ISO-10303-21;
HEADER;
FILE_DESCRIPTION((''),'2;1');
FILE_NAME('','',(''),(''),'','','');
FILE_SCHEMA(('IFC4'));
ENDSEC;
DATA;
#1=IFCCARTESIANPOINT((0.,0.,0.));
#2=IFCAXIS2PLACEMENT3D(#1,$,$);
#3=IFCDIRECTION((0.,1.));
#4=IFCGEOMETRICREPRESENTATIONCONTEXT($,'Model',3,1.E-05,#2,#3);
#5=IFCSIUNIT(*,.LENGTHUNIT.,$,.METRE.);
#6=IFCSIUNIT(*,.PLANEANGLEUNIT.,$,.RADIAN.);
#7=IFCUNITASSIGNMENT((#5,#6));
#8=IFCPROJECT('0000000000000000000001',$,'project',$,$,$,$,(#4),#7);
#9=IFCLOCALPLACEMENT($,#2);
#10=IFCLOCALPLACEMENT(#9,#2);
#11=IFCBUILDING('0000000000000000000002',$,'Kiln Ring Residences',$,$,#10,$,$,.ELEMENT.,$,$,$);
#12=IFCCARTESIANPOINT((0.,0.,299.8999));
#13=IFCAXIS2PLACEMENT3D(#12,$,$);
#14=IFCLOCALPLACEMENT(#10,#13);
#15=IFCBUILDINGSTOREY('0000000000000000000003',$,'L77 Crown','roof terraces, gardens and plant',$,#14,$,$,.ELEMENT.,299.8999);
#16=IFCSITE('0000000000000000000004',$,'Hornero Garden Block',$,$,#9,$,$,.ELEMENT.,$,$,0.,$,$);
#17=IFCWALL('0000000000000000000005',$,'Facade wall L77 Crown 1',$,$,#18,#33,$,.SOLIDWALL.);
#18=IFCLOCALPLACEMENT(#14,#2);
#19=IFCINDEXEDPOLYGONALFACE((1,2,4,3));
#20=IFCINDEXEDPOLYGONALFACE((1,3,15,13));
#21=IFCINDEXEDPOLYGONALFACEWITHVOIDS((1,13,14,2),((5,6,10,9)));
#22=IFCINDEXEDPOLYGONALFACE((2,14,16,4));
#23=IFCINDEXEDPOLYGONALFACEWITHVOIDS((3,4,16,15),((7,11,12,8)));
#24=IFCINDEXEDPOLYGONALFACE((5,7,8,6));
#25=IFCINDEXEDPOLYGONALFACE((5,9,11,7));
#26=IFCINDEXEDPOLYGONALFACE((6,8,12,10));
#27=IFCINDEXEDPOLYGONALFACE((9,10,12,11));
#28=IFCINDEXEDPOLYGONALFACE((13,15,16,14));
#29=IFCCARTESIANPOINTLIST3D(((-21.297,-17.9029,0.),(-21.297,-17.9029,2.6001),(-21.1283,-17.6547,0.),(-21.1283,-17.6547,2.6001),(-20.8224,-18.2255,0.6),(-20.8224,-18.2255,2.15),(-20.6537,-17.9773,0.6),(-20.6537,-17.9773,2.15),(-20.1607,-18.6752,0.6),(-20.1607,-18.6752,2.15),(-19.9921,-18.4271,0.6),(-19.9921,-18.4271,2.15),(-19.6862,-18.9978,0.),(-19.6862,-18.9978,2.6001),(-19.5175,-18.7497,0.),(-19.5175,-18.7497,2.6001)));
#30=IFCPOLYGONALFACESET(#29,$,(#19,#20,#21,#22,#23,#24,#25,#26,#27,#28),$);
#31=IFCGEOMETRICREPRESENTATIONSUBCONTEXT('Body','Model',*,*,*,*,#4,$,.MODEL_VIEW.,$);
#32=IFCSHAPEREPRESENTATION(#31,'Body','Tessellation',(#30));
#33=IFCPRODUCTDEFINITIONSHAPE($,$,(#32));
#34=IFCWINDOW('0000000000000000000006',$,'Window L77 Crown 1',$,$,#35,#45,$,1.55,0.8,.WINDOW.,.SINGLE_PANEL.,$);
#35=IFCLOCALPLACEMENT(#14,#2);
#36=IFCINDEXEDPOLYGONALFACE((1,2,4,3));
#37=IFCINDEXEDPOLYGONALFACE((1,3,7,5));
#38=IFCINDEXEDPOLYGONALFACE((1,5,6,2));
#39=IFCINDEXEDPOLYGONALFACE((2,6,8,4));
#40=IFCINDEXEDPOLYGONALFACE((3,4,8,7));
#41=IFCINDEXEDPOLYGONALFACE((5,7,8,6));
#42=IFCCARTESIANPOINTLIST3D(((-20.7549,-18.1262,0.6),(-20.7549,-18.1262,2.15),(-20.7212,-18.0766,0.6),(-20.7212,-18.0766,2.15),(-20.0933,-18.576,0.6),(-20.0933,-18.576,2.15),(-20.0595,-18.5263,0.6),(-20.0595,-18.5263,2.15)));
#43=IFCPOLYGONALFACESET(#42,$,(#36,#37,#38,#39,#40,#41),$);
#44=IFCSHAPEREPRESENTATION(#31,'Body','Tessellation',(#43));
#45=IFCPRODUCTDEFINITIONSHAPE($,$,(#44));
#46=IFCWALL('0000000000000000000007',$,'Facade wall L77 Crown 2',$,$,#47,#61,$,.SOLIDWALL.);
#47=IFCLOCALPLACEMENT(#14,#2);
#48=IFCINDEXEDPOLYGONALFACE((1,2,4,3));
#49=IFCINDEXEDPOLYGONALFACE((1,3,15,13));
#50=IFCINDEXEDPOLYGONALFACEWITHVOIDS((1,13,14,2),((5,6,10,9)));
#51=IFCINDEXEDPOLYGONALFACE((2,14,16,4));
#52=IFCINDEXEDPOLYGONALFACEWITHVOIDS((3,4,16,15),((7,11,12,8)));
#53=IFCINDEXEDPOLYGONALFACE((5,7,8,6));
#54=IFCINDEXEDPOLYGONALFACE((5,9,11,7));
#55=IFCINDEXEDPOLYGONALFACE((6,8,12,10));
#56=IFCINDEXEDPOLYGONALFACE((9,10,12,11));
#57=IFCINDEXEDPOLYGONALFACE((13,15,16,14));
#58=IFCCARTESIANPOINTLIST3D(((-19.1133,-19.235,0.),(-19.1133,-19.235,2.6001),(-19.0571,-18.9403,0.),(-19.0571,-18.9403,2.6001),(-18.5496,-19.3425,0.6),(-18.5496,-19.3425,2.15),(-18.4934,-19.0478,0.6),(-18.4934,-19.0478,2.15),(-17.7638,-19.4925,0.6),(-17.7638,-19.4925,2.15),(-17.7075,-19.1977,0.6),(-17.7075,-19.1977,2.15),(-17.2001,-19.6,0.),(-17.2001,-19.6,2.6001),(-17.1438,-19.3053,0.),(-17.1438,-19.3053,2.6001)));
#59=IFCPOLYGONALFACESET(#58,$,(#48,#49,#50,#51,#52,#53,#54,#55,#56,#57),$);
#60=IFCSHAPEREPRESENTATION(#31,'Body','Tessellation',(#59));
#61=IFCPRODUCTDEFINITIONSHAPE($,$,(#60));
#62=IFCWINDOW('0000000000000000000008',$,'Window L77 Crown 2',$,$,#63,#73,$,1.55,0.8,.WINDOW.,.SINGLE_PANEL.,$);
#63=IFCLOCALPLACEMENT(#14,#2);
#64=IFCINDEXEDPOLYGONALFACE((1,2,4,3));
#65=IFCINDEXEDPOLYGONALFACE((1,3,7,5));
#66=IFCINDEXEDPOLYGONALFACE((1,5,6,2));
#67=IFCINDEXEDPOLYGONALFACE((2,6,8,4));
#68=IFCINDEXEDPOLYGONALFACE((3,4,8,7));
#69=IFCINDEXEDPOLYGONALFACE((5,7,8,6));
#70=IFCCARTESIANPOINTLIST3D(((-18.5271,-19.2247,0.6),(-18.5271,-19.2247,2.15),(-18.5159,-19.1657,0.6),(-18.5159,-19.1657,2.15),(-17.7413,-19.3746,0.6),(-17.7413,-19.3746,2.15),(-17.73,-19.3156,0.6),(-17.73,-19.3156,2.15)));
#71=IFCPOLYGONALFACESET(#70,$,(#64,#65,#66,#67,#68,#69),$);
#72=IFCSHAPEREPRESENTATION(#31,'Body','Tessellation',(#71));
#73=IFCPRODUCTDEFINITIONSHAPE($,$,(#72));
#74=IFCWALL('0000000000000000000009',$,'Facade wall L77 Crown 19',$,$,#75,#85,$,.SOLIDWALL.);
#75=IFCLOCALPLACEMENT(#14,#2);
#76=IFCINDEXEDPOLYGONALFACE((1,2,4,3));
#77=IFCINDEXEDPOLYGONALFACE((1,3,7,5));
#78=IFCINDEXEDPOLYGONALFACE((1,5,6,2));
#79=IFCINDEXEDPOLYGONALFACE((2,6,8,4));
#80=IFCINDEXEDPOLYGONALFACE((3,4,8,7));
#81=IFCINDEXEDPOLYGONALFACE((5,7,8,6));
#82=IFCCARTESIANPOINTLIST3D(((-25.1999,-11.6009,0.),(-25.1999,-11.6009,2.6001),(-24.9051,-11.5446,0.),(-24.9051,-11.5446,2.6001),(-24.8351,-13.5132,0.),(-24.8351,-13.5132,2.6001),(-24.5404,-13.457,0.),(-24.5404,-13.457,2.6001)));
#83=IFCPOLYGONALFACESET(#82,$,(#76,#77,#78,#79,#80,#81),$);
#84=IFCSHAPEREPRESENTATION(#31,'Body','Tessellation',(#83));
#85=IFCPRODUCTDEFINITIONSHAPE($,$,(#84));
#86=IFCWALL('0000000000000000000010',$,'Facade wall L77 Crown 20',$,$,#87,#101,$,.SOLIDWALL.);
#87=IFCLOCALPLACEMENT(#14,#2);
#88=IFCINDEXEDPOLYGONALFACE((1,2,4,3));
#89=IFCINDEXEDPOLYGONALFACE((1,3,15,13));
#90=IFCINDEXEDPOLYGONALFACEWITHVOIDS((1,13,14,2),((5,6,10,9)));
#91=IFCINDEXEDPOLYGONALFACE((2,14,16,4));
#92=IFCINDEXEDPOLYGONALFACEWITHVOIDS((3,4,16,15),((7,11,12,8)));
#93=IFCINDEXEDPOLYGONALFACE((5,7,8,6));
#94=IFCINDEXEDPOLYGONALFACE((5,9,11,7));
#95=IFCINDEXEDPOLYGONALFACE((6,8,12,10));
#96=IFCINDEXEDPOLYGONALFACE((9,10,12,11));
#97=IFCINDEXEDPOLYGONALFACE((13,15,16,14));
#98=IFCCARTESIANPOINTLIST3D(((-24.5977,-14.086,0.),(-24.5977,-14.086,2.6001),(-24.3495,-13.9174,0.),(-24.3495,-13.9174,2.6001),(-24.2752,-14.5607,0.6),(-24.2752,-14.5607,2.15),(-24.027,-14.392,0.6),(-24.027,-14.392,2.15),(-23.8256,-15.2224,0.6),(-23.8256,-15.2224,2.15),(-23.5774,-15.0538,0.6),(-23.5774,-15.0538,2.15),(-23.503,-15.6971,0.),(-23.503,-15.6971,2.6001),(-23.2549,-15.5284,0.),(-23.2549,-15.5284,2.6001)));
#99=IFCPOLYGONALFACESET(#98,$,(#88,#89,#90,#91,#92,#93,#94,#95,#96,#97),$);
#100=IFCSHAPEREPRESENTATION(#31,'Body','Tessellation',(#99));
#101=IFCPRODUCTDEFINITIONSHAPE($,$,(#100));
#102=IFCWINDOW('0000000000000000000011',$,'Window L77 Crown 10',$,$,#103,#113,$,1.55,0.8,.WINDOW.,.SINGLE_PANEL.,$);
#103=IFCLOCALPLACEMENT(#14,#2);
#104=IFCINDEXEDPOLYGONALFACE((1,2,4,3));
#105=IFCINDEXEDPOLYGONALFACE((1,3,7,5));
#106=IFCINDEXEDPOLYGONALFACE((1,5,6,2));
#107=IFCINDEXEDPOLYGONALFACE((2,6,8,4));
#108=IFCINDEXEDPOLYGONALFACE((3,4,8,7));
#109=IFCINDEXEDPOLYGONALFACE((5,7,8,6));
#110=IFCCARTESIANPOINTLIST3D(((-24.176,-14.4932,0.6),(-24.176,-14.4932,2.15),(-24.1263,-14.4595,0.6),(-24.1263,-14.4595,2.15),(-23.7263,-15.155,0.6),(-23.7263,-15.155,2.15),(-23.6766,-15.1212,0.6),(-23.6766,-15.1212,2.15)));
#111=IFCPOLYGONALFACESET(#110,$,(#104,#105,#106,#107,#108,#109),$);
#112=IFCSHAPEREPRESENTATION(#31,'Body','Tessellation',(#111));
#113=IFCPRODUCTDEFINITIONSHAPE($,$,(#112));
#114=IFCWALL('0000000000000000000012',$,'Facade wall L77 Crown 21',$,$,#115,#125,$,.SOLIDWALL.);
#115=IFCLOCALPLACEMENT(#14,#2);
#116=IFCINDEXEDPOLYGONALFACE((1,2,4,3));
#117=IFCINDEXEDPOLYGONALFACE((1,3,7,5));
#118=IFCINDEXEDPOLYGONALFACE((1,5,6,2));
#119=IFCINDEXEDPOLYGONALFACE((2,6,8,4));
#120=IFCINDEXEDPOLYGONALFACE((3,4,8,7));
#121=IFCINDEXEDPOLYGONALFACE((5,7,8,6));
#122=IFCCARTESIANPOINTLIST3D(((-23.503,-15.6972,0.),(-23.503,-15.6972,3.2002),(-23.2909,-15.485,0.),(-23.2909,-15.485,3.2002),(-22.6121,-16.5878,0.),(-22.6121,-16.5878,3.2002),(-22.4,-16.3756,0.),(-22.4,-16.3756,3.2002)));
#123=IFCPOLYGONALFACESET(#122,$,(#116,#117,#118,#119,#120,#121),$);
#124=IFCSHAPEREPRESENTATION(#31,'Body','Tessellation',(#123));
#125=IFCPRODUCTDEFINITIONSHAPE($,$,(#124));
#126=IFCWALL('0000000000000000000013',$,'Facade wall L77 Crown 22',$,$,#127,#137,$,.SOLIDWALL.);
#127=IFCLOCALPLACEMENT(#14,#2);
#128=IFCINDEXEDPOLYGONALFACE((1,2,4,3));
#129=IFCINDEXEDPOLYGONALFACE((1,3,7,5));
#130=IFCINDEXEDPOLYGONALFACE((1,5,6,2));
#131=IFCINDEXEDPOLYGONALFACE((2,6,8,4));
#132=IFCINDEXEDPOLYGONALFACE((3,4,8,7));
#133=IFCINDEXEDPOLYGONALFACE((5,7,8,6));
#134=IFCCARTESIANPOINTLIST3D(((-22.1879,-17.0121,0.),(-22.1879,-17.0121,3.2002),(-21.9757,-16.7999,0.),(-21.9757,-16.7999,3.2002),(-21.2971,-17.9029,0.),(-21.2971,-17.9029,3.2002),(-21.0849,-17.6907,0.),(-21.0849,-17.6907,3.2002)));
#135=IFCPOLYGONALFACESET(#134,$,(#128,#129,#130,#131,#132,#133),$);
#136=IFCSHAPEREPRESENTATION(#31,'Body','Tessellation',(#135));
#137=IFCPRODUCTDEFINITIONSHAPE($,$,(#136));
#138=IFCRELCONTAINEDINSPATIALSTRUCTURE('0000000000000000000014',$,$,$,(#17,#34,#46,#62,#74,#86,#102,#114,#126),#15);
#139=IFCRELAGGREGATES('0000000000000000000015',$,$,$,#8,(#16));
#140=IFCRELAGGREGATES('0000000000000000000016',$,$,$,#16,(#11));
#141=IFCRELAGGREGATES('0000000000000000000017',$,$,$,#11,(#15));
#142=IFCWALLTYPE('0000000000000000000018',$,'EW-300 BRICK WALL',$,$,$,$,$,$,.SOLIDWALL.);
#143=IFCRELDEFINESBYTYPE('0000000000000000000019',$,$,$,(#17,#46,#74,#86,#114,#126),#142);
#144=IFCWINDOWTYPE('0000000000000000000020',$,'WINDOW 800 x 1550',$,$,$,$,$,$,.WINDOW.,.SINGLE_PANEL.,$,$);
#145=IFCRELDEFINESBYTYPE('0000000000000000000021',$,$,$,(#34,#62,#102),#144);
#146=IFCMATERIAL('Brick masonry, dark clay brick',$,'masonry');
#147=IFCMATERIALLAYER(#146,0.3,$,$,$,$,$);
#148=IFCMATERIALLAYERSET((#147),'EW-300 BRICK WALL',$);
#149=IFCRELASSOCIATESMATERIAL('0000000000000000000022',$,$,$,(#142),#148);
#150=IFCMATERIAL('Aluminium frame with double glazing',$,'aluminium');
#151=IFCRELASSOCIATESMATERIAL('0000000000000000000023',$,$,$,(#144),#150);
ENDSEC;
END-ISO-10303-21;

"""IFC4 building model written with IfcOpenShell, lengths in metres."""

from ifc_helpers import new_model, si_unit, direction, frame, frame_2d, origin, place, context, subcontext, project, spatial, rectangle, extrude, material, layer, layer_set, type_object, element, fill, save


model = new_model("IFC4")

# Units and contexts
model_context = context("Model", 3, precision=1e-05, world=origin(), true_north=direction((0.0, 1.0)))
body_context = subcontext(model_context, "Body", "Model", "MODEL_VIEW")
ifc_project = project(units=[si_unit("LENGTHUNIT", "METRE"), si_unit("PLANEANGLEUNIT", "RADIAN")], contexts=[model_context])

# Site, building, storey
site_placement = place(None, origin())
site = spatial("IfcSite", under=ifc_project, at=site_placement, Name="Hornero Garden Block", CompositionType="ELEMENT", RefElevation=0.0)
building_placement = place(site_placement, origin())
building = spatial("IfcBuilding", under=site, at=building_placement, Name="Kiln Ring Residences", CompositionType="ELEMENT")
storey_placement = place(building_placement, frame((0.0, 0.0, 299.8999)))
storey = spatial("IfcBuildingStorey", under=building, at=storey_placement, Name="L77 Crown", Description="roof terraces, gardens and plant", CompositionType="ELEMENT", Elevation=299.8999)

# Walls, openings, windows
ifc_material_1 = material(Name="Brick masonry, dark clay brick", Category="masonry")
ifc_layer_1 = layer(ifc_material_1, 0.3)
ifc_layer_set_1 = layer_set([ifc_layer_1], Name="EW-300 BRICK WALL")
wall_type_1 = type_object("IfcWallType", Name="EW-300 BRICK WALL", PredefinedType="SOLIDWALL", material=ifc_layer_set_1)
wall_1_placement = place(storey_placement, frame((-21.2126, -17.7788, 0.0), z_axis=(0.0, 0.0, 1.0), x_axis=(0.827022, -0.562169, 0.0)))
wall_1 = element("IfcWall", 1, at=wall_1_placement, inside=storey, type_object=wall_type_1, Name="Facade wall L77 Crown 1", PredefinedType="SOLIDWALL", context=body_context, shape_type="SweptSolid", body=[
    extrude(rectangle(XDim=1.9478, YDim=0.3, at=frame_2d((0.9739, 0.0))), origin(), (0.0, 0.0, 1.0), 2.6001),
])
opening_1_placement = place(wall_1_placement, frame((0.574, 0.0, 0.6001)))
opening_1 = element("IfcOpeningElement", 2, at=opening_1_placement, cuts=wall_1, PredefinedType="OPENING", context=body_context, shape_type="SweptSolid", body=[
    extrude(rectangle(XDim=0.8, YDim=1.55, at=frame_2d((0.3999, 0.7749))), frame((0.0, 0.1599, 0.0), z_axis=(0.0, -1.0, 0.0), x_axis=(1.0, 0.0, 0.0)), (0.0, 0.0, 1.0), 0.3201),
])
ifc_material_2 = material(Name="Aluminium frame with double glazing", Category="aluminium")
window_type = type_object("IfcWindowType", Name="WINDOW 800 x 1550", PartitioningType="SINGLE_PANEL", PredefinedType="WINDOW", material=ifc_material_2)
window_1_placement = place(opening_1_placement, origin())
window_1 = element("IfcWindow", 3, at=window_1_placement, inside=storey, type_object=window_type, Name="Window L77 Crown 1", OverallHeight=1.55, OverallWidth=0.8, PartitioningType="SINGLE_PANEL", PredefinedType="WINDOW", context=body_context, shape_type="SweptSolid", body=[
    extrude(rectangle(XDim=0.8, YDim=1.55, at=frame_2d((0.3999, 0.7749))), frame((0.0, 0.03, 0.0), z_axis=(0.0, -1.0, 0.0), x_axis=(1.0, 0.0, 0.0)), (0.0, 0.0, 1.0), 0.0601),
])
fill(opening_1, window_1)
wall_2_placement = place(storey_placement, frame((-19.0852, -19.0876, 0.0), z_axis=(0.0, 0.0, 1.0), x_axis=(0.982287, -0.187383, 0.0)))
wall_2 = element("IfcWall", 4, at=wall_2_placement, inside=storey, type_object=wall_type_1, Name="Facade wall L77 Crown 2", PredefinedType="SOLIDWALL", context=body_context, shape_type="SweptSolid", body=[
    extrude(rectangle(XDim=1.9478, YDim=0.3, at=frame_2d((0.9739, 0.0))), origin(), (0.0, 0.0, 1.0), 2.6001),
])
opening_2_placement = place(wall_2_placement, frame((0.574, 0.0, 0.6001)))
opening_2 = element("IfcOpeningElement", 5, at=opening_2_placement, cuts=wall_2, PredefinedType="OPENING", context=body_context, shape_type="SweptSolid", body=[
    extrude(rectangle(XDim=0.8, YDim=1.55, at=frame_2d((0.3999, 0.7749))), frame((0.0, 0.1599, 0.0), z_axis=(0.0, -1.0, 0.0), x_axis=(1.0, 0.0, 0.0)), (0.0, 0.0, 1.0), 0.3201),
])
window_2_placement = place(opening_2_placement, origin())
window_2 = element("IfcWindow", 6, at=window_2_placement, inside=storey, type_object=window_type, Name="Window L77 Crown 2", OverallHeight=1.55, OverallWidth=0.8, PartitioningType="SINGLE_PANEL", PredefinedType="WINDOW", context=body_context, shape_type="SweptSolid", body=[
    extrude(rectangle(XDim=0.8, YDim=1.55, at=frame_2d((0.3999, 0.7749))), frame((0.0, 0.03, 0.0), z_axis=(0.0, -1.0, 0.0), x_axis=(1.0, 0.0, 0.0)), (0.0, 0.0, 1.0), 0.0601),
])
fill(opening_2, window_2)

# Wall
wall_3_placement = place(storey_placement, frame((-25.0525, -11.5728, 0.0), z_axis=(0.0, 0.0, 1.0), x_axis=(0.187354, -0.982292, 0.0)))
element("IfcWall", 7, at=wall_3_placement, inside=storey, type_object=wall_type_1, Name="Facade wall L77 Crown 19", PredefinedType="SOLIDWALL", context=body_context, shape_type="SweptSolid", body=[
    extrude(rectangle(XDim=1.9468, YDim=0.3, at=frame_2d((0.9734, 0.0))), origin(), (0.0, 0.0, 1.0), 2.6001),
])

# Wall, opening, window
wall_4_placement = place(storey_placement, frame((-24.4736, -14.0017, 0.0), z_axis=(0.0, 0.0, 1.0), x_axis=(0.562025, -0.82712, 0.0)))
wall_4 = element("IfcWall", 8, at=wall_4_placement, inside=storey, type_object=wall_type_1, Name="Facade wall L77 Crown 20", PredefinedType="SOLIDWALL", context=body_context, shape_type="SweptSolid", body=[
    extrude(rectangle(XDim=1.9478, YDim=0.3, at=frame_2d((0.9739, 0.0))), origin(), (0.0, 0.0, 1.0), 2.6001),
])
opening_3_placement = place(wall_4_placement, frame((0.574, 0.0, 0.6001)))
opening_3 = element("IfcOpeningElement", 9, at=opening_3_placement, cuts=wall_4, PredefinedType="OPENING", context=body_context, shape_type="SweptSolid", body=[
    extrude(rectangle(XDim=0.8, YDim=1.55, at=frame_2d((0.3999, 0.7749))), frame((0.0, 0.1599, 0.0), z_axis=(0.0, -1.0, 0.0), x_axis=(1.0, 0.0, 0.0)), (0.0, 0.0, 1.0), 0.3201),
])
window_3_placement = place(opening_3_placement, origin())
window_3 = element("IfcWindow", 10, at=window_3_placement, inside=storey, type_object=window_type, Name="Window L77 Crown 10", OverallHeight=1.55, OverallWidth=0.8, PartitioningType="SINGLE_PANEL", PredefinedType="WINDOW", context=body_context, shape_type="SweptSolid", body=[
    extrude(rectangle(XDim=0.8, YDim=1.55, at=frame_2d((0.3999, 0.7749))), frame((0.0, 0.03, 0.0), z_axis=(0.0, -1.0, 0.0), x_axis=(1.0, 0.0, 0.0)), (0.0, 0.0, 1.0), 0.0601),
])
fill(opening_3, window_3)

# Walls
for number, where, z_axis, x_axis, name in (
    (11, (-23.397, -15.5911, 0.0), (0.0, 0.0, 1.0), (0.707204, -0.70701, 0.0), "Facade wall L77 Crown 21"),
    (12, (-22.0818, -16.906, 0.0), (0.0, 0.0, 1.0), (0.707107, -0.707107, 0.0), "Facade wall L77 Crown 22"),
):
    element("IfcWall", number, at=place(storey_placement, frame(where, z_axis=z_axis, x_axis=x_axis)), inside=storey, type_object=wall_type_1, Name=name, PredefinedType="SOLIDWALL", context=body_context, shape_type="SweptSolid", body=[
        extrude(rectangle(XDim=1.2598, YDim=0.3, at=frame_2d((0.6299, 0.0))), origin(), (0.0, 0.0, 1.0), 3.2002),
    ])

save(model, "model.ifc")
